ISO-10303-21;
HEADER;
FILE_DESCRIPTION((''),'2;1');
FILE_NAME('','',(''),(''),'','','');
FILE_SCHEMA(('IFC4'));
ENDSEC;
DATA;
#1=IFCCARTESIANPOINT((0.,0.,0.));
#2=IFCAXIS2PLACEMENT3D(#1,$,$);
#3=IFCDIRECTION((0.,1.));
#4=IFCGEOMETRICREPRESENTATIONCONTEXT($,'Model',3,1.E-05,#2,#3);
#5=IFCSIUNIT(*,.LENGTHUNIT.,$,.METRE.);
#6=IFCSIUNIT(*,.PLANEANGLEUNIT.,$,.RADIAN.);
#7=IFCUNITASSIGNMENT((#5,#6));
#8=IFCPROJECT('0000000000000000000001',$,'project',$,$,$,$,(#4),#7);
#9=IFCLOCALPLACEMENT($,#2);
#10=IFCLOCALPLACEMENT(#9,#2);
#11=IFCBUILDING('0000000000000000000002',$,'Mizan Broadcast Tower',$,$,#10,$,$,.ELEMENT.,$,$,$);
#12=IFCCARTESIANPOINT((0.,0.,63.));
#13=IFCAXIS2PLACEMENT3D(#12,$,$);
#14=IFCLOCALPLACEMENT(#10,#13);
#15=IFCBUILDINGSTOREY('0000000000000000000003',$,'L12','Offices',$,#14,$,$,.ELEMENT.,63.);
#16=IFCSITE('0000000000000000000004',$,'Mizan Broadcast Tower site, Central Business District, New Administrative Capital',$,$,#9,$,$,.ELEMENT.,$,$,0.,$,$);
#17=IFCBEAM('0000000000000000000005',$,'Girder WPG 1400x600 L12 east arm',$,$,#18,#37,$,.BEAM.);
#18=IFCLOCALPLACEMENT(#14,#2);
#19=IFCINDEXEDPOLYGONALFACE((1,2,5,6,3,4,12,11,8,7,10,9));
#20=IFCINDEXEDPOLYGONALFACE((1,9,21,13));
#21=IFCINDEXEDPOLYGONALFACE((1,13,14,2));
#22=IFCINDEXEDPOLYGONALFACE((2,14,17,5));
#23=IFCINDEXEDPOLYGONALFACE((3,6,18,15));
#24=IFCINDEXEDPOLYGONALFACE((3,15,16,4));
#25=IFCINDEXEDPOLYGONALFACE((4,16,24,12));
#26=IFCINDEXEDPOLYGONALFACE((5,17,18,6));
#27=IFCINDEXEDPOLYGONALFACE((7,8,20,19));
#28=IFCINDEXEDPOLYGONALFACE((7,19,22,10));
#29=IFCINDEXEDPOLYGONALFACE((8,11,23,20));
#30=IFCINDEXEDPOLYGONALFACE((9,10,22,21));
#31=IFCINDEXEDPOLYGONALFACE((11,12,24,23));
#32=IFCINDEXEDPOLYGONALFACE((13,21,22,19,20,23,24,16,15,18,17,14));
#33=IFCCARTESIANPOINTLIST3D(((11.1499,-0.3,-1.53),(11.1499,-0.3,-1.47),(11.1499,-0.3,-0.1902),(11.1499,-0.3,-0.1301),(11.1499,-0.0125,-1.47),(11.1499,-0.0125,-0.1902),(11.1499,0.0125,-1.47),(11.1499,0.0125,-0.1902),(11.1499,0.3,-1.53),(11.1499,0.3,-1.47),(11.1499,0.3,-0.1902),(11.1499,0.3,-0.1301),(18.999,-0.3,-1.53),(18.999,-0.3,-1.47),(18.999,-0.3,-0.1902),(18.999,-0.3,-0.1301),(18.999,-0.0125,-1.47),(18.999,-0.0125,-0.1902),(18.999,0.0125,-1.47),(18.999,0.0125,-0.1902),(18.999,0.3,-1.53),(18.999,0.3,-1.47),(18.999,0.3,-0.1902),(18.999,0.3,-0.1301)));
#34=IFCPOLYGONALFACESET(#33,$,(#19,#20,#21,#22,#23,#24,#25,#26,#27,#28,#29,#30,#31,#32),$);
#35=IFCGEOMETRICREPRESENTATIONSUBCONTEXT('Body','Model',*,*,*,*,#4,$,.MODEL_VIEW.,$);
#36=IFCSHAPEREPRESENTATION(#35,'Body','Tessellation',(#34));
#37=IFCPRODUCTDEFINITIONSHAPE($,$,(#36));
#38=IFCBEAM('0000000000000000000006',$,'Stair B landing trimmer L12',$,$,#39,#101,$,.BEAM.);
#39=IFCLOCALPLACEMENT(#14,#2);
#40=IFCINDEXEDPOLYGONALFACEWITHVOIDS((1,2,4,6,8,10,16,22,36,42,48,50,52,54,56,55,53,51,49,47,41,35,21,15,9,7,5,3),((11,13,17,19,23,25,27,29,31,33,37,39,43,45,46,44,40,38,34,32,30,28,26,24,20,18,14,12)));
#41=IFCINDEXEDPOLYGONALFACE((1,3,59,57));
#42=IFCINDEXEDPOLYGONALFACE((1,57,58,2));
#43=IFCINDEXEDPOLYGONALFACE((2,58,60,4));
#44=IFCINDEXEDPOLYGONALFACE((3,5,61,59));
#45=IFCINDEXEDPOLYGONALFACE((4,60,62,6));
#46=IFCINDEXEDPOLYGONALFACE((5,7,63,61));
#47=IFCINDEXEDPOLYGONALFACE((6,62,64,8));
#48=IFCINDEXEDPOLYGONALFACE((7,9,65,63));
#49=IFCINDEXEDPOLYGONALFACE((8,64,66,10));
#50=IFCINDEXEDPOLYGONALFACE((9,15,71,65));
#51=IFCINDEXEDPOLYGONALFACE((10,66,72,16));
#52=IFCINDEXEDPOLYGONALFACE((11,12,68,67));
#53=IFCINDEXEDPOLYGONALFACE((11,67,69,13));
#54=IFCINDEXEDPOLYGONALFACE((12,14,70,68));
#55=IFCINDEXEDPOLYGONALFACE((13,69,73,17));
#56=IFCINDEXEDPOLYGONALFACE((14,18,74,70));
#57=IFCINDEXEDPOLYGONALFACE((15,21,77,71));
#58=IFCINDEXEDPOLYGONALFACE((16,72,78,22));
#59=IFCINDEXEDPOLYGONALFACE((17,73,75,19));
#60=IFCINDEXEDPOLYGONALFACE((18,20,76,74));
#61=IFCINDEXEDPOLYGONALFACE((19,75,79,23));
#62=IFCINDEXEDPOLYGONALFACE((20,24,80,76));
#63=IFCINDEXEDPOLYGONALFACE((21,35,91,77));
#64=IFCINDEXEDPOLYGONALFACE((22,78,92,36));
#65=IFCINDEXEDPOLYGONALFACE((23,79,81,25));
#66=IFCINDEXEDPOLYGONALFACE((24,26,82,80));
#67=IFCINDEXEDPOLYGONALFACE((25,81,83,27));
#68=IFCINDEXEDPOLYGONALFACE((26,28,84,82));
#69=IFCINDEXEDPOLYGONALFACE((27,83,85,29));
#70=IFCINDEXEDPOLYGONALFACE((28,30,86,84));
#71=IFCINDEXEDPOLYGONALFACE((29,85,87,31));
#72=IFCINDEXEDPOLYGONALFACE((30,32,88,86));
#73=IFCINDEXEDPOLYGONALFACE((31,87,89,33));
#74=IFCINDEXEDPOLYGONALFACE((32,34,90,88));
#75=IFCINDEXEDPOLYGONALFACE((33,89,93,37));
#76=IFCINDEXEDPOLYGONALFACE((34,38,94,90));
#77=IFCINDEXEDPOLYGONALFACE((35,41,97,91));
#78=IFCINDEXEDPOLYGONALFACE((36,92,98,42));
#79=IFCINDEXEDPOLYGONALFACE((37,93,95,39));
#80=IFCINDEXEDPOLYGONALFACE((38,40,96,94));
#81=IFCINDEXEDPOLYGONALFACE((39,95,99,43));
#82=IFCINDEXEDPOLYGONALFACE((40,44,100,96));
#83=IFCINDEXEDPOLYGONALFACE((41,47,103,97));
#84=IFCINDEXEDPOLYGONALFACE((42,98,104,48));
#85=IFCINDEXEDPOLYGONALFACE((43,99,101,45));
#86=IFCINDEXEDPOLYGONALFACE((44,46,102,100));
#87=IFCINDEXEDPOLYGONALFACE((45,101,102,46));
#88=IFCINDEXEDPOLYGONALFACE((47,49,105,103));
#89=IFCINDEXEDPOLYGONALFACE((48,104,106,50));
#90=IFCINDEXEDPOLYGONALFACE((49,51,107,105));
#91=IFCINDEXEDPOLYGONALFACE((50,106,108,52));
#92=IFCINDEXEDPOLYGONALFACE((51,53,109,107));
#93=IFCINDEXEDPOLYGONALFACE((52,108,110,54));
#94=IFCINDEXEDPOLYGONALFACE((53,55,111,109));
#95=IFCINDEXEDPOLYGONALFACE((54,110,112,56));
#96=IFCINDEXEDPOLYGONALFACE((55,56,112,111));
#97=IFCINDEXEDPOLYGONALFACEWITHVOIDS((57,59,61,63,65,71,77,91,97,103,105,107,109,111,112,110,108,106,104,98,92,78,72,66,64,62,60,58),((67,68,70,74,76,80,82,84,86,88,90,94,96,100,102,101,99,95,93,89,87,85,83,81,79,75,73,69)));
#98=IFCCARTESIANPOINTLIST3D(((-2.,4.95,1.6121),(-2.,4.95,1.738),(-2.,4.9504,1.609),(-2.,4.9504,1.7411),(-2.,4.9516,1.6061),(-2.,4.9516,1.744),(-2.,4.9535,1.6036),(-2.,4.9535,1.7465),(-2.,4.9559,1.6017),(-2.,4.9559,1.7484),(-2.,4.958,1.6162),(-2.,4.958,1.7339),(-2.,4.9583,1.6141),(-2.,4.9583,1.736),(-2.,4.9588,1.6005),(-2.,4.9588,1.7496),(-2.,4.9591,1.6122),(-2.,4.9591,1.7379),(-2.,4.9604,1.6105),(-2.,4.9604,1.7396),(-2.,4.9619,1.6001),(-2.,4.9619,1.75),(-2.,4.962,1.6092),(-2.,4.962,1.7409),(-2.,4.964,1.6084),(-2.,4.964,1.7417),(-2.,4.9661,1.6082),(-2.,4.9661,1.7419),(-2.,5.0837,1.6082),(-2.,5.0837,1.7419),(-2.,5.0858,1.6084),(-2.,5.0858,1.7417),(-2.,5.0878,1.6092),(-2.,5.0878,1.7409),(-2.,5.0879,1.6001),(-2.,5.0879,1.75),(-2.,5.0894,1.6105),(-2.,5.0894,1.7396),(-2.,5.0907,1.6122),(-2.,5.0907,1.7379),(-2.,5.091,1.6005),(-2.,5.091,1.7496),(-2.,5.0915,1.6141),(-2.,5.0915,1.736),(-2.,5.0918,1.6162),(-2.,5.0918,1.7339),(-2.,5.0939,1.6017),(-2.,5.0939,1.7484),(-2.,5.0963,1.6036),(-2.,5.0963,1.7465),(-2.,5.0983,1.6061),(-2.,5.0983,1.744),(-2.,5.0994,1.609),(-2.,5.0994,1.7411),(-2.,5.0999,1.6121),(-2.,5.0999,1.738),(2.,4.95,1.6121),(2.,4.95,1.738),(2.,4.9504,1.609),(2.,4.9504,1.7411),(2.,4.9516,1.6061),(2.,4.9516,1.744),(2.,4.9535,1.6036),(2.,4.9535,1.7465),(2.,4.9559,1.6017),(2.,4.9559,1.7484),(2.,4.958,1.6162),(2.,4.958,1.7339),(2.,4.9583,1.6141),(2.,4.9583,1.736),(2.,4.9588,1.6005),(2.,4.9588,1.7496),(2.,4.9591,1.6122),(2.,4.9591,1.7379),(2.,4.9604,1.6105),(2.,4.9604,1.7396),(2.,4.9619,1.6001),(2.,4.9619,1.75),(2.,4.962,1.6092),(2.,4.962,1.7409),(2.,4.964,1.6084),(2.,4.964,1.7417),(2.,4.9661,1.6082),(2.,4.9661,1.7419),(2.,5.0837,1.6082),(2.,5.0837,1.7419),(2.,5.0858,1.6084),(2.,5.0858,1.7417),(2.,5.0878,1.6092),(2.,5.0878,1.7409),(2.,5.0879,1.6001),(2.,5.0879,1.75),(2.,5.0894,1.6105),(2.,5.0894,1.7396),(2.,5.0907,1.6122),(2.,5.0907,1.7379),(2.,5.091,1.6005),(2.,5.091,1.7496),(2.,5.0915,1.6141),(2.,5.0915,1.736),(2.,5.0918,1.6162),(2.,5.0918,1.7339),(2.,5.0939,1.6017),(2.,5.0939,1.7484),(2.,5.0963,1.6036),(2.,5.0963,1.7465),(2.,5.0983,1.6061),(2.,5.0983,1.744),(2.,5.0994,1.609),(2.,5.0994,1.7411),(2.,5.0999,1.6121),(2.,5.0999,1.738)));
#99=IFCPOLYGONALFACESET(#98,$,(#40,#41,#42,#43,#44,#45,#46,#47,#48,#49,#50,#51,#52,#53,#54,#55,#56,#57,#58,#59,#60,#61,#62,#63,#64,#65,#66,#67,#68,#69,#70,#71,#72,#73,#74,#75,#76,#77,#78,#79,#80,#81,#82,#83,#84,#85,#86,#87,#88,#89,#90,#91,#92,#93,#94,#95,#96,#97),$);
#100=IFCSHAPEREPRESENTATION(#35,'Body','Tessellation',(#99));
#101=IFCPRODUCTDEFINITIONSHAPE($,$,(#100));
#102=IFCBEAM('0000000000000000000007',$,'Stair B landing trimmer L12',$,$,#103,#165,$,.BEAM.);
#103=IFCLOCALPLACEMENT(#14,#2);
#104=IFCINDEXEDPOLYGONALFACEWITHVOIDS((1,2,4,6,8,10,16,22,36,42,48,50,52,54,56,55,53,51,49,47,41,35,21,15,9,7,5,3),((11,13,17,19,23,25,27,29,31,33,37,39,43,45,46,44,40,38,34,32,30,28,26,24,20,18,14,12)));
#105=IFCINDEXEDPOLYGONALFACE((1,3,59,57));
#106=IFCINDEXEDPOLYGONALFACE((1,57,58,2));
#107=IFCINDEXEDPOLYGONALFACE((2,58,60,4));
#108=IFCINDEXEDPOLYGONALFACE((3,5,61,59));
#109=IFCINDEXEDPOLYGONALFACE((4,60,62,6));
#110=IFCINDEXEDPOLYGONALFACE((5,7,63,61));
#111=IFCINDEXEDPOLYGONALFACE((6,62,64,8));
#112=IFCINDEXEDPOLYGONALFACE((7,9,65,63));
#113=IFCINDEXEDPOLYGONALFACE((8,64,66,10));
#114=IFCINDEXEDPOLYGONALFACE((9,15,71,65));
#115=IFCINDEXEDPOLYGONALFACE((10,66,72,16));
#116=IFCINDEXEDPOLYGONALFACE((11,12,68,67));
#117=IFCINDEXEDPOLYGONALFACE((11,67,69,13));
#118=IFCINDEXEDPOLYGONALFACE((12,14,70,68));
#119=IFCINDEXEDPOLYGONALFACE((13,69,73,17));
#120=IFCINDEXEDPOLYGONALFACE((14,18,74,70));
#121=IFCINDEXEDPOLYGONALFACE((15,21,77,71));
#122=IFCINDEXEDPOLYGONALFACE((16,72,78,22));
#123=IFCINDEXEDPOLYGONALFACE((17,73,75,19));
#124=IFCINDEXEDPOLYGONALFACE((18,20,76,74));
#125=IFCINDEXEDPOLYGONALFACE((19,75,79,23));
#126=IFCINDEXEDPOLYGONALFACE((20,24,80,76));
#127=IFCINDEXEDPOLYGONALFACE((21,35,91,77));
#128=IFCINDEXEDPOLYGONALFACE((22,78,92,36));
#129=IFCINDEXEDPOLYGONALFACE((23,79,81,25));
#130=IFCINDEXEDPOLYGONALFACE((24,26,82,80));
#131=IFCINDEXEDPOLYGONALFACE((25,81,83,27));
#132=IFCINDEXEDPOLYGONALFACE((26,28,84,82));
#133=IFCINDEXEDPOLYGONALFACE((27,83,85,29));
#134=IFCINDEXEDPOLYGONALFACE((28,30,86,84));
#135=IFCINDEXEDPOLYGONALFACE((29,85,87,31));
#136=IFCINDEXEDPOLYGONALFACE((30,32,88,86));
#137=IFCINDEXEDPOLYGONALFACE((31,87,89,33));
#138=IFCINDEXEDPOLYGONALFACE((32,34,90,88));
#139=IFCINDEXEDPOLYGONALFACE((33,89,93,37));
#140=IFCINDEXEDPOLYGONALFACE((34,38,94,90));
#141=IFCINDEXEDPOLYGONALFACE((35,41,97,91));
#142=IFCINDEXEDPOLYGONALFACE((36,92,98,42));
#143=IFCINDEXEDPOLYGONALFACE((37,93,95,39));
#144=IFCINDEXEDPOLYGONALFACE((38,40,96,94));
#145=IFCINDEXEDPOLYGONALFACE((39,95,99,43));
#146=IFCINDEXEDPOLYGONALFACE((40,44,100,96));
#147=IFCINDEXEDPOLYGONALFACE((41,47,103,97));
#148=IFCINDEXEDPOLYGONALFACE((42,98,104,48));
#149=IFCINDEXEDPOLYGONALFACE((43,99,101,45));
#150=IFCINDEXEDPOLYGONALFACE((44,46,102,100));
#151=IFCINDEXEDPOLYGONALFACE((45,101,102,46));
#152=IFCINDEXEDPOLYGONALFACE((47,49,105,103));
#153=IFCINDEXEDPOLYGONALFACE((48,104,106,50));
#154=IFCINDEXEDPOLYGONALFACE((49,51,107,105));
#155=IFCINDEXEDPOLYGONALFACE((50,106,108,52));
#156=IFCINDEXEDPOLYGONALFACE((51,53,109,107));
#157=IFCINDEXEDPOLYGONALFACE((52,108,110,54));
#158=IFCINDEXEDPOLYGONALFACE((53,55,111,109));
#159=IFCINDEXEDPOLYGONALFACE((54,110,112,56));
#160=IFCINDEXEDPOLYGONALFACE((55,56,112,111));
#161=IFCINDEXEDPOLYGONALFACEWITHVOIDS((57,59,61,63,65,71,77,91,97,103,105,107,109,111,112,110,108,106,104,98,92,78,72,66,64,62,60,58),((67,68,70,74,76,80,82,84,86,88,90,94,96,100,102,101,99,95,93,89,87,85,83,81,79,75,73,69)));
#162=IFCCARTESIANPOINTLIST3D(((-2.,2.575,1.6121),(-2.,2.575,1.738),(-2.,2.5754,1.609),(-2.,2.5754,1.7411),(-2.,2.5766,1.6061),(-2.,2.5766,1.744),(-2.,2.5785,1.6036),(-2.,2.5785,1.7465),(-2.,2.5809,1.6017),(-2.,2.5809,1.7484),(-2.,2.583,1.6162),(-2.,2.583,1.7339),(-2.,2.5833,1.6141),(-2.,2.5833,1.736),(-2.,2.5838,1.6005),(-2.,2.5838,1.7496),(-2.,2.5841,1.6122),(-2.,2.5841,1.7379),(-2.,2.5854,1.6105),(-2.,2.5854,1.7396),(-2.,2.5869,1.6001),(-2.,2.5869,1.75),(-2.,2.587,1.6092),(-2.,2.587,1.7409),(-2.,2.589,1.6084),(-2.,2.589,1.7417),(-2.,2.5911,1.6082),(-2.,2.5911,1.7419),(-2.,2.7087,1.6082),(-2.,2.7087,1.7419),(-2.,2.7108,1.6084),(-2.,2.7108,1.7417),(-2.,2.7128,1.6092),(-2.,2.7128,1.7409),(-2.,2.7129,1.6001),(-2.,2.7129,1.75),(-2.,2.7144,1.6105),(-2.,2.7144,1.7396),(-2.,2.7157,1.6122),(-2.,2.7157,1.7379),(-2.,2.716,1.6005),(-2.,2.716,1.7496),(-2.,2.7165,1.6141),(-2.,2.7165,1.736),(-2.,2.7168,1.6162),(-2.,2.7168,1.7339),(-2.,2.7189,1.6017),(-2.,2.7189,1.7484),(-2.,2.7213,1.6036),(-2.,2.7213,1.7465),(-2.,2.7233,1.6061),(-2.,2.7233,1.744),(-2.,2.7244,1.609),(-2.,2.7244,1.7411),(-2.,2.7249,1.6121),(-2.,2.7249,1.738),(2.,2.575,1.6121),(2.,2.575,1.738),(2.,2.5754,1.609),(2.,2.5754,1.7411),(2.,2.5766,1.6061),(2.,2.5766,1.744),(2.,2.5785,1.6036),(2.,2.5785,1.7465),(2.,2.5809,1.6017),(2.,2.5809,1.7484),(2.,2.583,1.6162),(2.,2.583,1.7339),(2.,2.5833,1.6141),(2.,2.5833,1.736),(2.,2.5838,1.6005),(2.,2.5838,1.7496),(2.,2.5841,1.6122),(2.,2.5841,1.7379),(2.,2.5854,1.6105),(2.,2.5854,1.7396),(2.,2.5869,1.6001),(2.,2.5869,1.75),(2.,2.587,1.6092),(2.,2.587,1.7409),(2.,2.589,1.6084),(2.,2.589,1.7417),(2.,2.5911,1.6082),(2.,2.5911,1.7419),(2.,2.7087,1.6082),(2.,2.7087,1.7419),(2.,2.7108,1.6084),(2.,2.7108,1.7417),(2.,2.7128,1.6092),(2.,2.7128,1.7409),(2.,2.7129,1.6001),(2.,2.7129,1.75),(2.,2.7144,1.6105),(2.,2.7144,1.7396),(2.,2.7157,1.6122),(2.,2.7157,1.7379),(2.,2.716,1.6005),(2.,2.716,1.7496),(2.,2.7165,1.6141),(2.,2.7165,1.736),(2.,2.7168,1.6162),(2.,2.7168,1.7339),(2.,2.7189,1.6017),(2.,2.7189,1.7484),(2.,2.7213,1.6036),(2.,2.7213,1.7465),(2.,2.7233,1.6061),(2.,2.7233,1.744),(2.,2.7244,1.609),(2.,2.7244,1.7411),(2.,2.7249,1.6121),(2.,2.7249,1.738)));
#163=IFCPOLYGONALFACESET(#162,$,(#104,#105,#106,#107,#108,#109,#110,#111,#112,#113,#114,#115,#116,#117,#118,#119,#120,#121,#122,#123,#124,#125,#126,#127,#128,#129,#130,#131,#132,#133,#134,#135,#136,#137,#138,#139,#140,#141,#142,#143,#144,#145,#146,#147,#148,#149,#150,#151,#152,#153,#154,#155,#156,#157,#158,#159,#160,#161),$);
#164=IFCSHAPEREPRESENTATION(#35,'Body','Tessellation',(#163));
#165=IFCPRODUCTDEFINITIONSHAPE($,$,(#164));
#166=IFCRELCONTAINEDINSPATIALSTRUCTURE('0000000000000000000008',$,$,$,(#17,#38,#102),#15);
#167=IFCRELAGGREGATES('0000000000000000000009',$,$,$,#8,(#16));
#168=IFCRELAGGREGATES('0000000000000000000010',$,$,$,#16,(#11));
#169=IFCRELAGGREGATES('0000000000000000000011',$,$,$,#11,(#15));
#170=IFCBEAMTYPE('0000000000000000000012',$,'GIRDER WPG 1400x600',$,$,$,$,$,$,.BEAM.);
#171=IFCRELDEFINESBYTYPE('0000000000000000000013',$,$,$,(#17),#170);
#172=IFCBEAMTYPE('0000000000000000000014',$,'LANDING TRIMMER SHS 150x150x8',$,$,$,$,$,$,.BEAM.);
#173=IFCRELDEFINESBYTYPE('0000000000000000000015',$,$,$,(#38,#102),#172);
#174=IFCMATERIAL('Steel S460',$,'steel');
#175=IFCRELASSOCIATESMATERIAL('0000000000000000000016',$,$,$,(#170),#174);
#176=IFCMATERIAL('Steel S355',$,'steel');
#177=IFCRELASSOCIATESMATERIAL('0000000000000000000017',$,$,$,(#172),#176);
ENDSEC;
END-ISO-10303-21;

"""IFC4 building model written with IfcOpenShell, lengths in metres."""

from ifc_helpers import new_model, si_unit, direction, frame, origin, origin_2d, place, context, subcontext, project, spatial, hollow_rectangle, i_section, extrude, material, material_profile, profile_set, type_object, element, save


model = new_model("IFC4")

# Units and contexts
model_context = context("Model", 3, precision=1e-05, world=origin(), true_north=direction((0.0, 1.0)))
body_context = subcontext(model_context, "Body", "Model", "MODEL_VIEW")
ifc_project = project(units=[si_unit("LENGTHUNIT", "METRE"), si_unit("PLANEANGLEUNIT", "RADIAN")], contexts=[model_context])

# Site, building, storey
site_placement = place(None, origin())
site = spatial("IfcSite", under=ifc_project, at=site_placement, Name="Mizan Broadcast Tower site, Central Business District, New Administrative Capital", CompositionType="ELEMENT", RefElevation=0.0)
building_placement = place(site_placement, origin())
building = spatial("IfcBuilding", under=site, at=building_placement, Name="Mizan Broadcast Tower", CompositionType="ELEMENT")
storey_placement = place(building_placement, frame((0.0, 0.0, 63.0)))
storey = spatial("IfcBuildingStorey", under=building, at=storey_placement, Name="L12", Description="Offices", CompositionType="ELEMENT", Elevation=63.0)

# Beams
ifc_material_1 = material(Name="Steel S460", Category="steel")
ifc_material_profile_1 = material_profile(ifc_material_1, i_section(OverallWidth=0.6001, OverallDepth=1.3999, WebThickness=0.0249, FlangeThickness=0.0601, at=origin_2d()), Name="WPG 1400x600")
ifc_profile_set_1 = profile_set([ifc_material_profile_1], Name="Steel S460")
beam_type_1 = type_object("IfcBeamType", Name="GIRDER WPG 1400x600", PredefinedType="BEAM", material=ifc_profile_set_1)
beam_placement = place(storey_placement, frame((11.1499, 0.0, -0.8301), z_axis=(1.0, 0.0, 0.0), x_axis=(0.0, 1.0, 0.0)))
element("IfcBeam", 1, at=beam_placement, inside=storey, type_object=beam_type_1, Name="Girder WPG 1400x600 L12 east arm", PredefinedType="BEAM", context=body_context, shape_type="SweptSolid", body=[
    extrude(i_section(OverallWidth=0.6001, OverallDepth=1.3999, WebThickness=0.0249, FlangeThickness=0.0601, at=origin_2d()), origin(), (0.0, 0.0, 1.0), 7.8491),
])
ifc_material_2 = material(Name="Steel S355", Category="steel")
ifc_material_profile_2 = material_profile(ifc_material_2, hollow_rectangle(XDim=0.1499, YDim=0.1499, WallThickness=0.0081, InnerFilletRadius=0.0081, OuterFilletRadius=0.012, at=origin_2d()), Name="SHS 150x150x8")
ifc_profile_set_2 = profile_set([ifc_material_profile_2], Name="Steel S355")
beam_type_2 = type_object("IfcBeamType", Name="LANDING TRIMMER SHS 150x150x8", PredefinedType="BEAM", material=ifc_profile_set_2)
for number, where, z_axis, x_axis, name in (
    (2, (2.0, 5.0249, 1.675), (-1.0, 0.0, 0.0), (0.0, -1.0, 0.0), "Stair B landing trimmer L12"),
    (3, (2.0, 2.6499, 1.675), (-1.0, 0.0, 0.0), (0.0, -1.0, 0.0), "Stair B landing trimmer L12"),
):
    element("IfcBeam", number, at=place(storey_placement, frame(where, z_axis=z_axis, x_axis=x_axis)), inside=storey, type_object=beam_type_2, Name=name, PredefinedType="BEAM", context=body_context, shape_type="SweptSolid", body=[
        extrude(hollow_rectangle(XDim=0.1499, YDim=0.1499, WallThickness=0.0081, InnerFilletRadius=0.0081, OuterFilletRadius=0.012, at=origin_2d()), origin(), (0.0, 0.0, 1.0), 4.0),
    ])

save(model, "model.ifc")
